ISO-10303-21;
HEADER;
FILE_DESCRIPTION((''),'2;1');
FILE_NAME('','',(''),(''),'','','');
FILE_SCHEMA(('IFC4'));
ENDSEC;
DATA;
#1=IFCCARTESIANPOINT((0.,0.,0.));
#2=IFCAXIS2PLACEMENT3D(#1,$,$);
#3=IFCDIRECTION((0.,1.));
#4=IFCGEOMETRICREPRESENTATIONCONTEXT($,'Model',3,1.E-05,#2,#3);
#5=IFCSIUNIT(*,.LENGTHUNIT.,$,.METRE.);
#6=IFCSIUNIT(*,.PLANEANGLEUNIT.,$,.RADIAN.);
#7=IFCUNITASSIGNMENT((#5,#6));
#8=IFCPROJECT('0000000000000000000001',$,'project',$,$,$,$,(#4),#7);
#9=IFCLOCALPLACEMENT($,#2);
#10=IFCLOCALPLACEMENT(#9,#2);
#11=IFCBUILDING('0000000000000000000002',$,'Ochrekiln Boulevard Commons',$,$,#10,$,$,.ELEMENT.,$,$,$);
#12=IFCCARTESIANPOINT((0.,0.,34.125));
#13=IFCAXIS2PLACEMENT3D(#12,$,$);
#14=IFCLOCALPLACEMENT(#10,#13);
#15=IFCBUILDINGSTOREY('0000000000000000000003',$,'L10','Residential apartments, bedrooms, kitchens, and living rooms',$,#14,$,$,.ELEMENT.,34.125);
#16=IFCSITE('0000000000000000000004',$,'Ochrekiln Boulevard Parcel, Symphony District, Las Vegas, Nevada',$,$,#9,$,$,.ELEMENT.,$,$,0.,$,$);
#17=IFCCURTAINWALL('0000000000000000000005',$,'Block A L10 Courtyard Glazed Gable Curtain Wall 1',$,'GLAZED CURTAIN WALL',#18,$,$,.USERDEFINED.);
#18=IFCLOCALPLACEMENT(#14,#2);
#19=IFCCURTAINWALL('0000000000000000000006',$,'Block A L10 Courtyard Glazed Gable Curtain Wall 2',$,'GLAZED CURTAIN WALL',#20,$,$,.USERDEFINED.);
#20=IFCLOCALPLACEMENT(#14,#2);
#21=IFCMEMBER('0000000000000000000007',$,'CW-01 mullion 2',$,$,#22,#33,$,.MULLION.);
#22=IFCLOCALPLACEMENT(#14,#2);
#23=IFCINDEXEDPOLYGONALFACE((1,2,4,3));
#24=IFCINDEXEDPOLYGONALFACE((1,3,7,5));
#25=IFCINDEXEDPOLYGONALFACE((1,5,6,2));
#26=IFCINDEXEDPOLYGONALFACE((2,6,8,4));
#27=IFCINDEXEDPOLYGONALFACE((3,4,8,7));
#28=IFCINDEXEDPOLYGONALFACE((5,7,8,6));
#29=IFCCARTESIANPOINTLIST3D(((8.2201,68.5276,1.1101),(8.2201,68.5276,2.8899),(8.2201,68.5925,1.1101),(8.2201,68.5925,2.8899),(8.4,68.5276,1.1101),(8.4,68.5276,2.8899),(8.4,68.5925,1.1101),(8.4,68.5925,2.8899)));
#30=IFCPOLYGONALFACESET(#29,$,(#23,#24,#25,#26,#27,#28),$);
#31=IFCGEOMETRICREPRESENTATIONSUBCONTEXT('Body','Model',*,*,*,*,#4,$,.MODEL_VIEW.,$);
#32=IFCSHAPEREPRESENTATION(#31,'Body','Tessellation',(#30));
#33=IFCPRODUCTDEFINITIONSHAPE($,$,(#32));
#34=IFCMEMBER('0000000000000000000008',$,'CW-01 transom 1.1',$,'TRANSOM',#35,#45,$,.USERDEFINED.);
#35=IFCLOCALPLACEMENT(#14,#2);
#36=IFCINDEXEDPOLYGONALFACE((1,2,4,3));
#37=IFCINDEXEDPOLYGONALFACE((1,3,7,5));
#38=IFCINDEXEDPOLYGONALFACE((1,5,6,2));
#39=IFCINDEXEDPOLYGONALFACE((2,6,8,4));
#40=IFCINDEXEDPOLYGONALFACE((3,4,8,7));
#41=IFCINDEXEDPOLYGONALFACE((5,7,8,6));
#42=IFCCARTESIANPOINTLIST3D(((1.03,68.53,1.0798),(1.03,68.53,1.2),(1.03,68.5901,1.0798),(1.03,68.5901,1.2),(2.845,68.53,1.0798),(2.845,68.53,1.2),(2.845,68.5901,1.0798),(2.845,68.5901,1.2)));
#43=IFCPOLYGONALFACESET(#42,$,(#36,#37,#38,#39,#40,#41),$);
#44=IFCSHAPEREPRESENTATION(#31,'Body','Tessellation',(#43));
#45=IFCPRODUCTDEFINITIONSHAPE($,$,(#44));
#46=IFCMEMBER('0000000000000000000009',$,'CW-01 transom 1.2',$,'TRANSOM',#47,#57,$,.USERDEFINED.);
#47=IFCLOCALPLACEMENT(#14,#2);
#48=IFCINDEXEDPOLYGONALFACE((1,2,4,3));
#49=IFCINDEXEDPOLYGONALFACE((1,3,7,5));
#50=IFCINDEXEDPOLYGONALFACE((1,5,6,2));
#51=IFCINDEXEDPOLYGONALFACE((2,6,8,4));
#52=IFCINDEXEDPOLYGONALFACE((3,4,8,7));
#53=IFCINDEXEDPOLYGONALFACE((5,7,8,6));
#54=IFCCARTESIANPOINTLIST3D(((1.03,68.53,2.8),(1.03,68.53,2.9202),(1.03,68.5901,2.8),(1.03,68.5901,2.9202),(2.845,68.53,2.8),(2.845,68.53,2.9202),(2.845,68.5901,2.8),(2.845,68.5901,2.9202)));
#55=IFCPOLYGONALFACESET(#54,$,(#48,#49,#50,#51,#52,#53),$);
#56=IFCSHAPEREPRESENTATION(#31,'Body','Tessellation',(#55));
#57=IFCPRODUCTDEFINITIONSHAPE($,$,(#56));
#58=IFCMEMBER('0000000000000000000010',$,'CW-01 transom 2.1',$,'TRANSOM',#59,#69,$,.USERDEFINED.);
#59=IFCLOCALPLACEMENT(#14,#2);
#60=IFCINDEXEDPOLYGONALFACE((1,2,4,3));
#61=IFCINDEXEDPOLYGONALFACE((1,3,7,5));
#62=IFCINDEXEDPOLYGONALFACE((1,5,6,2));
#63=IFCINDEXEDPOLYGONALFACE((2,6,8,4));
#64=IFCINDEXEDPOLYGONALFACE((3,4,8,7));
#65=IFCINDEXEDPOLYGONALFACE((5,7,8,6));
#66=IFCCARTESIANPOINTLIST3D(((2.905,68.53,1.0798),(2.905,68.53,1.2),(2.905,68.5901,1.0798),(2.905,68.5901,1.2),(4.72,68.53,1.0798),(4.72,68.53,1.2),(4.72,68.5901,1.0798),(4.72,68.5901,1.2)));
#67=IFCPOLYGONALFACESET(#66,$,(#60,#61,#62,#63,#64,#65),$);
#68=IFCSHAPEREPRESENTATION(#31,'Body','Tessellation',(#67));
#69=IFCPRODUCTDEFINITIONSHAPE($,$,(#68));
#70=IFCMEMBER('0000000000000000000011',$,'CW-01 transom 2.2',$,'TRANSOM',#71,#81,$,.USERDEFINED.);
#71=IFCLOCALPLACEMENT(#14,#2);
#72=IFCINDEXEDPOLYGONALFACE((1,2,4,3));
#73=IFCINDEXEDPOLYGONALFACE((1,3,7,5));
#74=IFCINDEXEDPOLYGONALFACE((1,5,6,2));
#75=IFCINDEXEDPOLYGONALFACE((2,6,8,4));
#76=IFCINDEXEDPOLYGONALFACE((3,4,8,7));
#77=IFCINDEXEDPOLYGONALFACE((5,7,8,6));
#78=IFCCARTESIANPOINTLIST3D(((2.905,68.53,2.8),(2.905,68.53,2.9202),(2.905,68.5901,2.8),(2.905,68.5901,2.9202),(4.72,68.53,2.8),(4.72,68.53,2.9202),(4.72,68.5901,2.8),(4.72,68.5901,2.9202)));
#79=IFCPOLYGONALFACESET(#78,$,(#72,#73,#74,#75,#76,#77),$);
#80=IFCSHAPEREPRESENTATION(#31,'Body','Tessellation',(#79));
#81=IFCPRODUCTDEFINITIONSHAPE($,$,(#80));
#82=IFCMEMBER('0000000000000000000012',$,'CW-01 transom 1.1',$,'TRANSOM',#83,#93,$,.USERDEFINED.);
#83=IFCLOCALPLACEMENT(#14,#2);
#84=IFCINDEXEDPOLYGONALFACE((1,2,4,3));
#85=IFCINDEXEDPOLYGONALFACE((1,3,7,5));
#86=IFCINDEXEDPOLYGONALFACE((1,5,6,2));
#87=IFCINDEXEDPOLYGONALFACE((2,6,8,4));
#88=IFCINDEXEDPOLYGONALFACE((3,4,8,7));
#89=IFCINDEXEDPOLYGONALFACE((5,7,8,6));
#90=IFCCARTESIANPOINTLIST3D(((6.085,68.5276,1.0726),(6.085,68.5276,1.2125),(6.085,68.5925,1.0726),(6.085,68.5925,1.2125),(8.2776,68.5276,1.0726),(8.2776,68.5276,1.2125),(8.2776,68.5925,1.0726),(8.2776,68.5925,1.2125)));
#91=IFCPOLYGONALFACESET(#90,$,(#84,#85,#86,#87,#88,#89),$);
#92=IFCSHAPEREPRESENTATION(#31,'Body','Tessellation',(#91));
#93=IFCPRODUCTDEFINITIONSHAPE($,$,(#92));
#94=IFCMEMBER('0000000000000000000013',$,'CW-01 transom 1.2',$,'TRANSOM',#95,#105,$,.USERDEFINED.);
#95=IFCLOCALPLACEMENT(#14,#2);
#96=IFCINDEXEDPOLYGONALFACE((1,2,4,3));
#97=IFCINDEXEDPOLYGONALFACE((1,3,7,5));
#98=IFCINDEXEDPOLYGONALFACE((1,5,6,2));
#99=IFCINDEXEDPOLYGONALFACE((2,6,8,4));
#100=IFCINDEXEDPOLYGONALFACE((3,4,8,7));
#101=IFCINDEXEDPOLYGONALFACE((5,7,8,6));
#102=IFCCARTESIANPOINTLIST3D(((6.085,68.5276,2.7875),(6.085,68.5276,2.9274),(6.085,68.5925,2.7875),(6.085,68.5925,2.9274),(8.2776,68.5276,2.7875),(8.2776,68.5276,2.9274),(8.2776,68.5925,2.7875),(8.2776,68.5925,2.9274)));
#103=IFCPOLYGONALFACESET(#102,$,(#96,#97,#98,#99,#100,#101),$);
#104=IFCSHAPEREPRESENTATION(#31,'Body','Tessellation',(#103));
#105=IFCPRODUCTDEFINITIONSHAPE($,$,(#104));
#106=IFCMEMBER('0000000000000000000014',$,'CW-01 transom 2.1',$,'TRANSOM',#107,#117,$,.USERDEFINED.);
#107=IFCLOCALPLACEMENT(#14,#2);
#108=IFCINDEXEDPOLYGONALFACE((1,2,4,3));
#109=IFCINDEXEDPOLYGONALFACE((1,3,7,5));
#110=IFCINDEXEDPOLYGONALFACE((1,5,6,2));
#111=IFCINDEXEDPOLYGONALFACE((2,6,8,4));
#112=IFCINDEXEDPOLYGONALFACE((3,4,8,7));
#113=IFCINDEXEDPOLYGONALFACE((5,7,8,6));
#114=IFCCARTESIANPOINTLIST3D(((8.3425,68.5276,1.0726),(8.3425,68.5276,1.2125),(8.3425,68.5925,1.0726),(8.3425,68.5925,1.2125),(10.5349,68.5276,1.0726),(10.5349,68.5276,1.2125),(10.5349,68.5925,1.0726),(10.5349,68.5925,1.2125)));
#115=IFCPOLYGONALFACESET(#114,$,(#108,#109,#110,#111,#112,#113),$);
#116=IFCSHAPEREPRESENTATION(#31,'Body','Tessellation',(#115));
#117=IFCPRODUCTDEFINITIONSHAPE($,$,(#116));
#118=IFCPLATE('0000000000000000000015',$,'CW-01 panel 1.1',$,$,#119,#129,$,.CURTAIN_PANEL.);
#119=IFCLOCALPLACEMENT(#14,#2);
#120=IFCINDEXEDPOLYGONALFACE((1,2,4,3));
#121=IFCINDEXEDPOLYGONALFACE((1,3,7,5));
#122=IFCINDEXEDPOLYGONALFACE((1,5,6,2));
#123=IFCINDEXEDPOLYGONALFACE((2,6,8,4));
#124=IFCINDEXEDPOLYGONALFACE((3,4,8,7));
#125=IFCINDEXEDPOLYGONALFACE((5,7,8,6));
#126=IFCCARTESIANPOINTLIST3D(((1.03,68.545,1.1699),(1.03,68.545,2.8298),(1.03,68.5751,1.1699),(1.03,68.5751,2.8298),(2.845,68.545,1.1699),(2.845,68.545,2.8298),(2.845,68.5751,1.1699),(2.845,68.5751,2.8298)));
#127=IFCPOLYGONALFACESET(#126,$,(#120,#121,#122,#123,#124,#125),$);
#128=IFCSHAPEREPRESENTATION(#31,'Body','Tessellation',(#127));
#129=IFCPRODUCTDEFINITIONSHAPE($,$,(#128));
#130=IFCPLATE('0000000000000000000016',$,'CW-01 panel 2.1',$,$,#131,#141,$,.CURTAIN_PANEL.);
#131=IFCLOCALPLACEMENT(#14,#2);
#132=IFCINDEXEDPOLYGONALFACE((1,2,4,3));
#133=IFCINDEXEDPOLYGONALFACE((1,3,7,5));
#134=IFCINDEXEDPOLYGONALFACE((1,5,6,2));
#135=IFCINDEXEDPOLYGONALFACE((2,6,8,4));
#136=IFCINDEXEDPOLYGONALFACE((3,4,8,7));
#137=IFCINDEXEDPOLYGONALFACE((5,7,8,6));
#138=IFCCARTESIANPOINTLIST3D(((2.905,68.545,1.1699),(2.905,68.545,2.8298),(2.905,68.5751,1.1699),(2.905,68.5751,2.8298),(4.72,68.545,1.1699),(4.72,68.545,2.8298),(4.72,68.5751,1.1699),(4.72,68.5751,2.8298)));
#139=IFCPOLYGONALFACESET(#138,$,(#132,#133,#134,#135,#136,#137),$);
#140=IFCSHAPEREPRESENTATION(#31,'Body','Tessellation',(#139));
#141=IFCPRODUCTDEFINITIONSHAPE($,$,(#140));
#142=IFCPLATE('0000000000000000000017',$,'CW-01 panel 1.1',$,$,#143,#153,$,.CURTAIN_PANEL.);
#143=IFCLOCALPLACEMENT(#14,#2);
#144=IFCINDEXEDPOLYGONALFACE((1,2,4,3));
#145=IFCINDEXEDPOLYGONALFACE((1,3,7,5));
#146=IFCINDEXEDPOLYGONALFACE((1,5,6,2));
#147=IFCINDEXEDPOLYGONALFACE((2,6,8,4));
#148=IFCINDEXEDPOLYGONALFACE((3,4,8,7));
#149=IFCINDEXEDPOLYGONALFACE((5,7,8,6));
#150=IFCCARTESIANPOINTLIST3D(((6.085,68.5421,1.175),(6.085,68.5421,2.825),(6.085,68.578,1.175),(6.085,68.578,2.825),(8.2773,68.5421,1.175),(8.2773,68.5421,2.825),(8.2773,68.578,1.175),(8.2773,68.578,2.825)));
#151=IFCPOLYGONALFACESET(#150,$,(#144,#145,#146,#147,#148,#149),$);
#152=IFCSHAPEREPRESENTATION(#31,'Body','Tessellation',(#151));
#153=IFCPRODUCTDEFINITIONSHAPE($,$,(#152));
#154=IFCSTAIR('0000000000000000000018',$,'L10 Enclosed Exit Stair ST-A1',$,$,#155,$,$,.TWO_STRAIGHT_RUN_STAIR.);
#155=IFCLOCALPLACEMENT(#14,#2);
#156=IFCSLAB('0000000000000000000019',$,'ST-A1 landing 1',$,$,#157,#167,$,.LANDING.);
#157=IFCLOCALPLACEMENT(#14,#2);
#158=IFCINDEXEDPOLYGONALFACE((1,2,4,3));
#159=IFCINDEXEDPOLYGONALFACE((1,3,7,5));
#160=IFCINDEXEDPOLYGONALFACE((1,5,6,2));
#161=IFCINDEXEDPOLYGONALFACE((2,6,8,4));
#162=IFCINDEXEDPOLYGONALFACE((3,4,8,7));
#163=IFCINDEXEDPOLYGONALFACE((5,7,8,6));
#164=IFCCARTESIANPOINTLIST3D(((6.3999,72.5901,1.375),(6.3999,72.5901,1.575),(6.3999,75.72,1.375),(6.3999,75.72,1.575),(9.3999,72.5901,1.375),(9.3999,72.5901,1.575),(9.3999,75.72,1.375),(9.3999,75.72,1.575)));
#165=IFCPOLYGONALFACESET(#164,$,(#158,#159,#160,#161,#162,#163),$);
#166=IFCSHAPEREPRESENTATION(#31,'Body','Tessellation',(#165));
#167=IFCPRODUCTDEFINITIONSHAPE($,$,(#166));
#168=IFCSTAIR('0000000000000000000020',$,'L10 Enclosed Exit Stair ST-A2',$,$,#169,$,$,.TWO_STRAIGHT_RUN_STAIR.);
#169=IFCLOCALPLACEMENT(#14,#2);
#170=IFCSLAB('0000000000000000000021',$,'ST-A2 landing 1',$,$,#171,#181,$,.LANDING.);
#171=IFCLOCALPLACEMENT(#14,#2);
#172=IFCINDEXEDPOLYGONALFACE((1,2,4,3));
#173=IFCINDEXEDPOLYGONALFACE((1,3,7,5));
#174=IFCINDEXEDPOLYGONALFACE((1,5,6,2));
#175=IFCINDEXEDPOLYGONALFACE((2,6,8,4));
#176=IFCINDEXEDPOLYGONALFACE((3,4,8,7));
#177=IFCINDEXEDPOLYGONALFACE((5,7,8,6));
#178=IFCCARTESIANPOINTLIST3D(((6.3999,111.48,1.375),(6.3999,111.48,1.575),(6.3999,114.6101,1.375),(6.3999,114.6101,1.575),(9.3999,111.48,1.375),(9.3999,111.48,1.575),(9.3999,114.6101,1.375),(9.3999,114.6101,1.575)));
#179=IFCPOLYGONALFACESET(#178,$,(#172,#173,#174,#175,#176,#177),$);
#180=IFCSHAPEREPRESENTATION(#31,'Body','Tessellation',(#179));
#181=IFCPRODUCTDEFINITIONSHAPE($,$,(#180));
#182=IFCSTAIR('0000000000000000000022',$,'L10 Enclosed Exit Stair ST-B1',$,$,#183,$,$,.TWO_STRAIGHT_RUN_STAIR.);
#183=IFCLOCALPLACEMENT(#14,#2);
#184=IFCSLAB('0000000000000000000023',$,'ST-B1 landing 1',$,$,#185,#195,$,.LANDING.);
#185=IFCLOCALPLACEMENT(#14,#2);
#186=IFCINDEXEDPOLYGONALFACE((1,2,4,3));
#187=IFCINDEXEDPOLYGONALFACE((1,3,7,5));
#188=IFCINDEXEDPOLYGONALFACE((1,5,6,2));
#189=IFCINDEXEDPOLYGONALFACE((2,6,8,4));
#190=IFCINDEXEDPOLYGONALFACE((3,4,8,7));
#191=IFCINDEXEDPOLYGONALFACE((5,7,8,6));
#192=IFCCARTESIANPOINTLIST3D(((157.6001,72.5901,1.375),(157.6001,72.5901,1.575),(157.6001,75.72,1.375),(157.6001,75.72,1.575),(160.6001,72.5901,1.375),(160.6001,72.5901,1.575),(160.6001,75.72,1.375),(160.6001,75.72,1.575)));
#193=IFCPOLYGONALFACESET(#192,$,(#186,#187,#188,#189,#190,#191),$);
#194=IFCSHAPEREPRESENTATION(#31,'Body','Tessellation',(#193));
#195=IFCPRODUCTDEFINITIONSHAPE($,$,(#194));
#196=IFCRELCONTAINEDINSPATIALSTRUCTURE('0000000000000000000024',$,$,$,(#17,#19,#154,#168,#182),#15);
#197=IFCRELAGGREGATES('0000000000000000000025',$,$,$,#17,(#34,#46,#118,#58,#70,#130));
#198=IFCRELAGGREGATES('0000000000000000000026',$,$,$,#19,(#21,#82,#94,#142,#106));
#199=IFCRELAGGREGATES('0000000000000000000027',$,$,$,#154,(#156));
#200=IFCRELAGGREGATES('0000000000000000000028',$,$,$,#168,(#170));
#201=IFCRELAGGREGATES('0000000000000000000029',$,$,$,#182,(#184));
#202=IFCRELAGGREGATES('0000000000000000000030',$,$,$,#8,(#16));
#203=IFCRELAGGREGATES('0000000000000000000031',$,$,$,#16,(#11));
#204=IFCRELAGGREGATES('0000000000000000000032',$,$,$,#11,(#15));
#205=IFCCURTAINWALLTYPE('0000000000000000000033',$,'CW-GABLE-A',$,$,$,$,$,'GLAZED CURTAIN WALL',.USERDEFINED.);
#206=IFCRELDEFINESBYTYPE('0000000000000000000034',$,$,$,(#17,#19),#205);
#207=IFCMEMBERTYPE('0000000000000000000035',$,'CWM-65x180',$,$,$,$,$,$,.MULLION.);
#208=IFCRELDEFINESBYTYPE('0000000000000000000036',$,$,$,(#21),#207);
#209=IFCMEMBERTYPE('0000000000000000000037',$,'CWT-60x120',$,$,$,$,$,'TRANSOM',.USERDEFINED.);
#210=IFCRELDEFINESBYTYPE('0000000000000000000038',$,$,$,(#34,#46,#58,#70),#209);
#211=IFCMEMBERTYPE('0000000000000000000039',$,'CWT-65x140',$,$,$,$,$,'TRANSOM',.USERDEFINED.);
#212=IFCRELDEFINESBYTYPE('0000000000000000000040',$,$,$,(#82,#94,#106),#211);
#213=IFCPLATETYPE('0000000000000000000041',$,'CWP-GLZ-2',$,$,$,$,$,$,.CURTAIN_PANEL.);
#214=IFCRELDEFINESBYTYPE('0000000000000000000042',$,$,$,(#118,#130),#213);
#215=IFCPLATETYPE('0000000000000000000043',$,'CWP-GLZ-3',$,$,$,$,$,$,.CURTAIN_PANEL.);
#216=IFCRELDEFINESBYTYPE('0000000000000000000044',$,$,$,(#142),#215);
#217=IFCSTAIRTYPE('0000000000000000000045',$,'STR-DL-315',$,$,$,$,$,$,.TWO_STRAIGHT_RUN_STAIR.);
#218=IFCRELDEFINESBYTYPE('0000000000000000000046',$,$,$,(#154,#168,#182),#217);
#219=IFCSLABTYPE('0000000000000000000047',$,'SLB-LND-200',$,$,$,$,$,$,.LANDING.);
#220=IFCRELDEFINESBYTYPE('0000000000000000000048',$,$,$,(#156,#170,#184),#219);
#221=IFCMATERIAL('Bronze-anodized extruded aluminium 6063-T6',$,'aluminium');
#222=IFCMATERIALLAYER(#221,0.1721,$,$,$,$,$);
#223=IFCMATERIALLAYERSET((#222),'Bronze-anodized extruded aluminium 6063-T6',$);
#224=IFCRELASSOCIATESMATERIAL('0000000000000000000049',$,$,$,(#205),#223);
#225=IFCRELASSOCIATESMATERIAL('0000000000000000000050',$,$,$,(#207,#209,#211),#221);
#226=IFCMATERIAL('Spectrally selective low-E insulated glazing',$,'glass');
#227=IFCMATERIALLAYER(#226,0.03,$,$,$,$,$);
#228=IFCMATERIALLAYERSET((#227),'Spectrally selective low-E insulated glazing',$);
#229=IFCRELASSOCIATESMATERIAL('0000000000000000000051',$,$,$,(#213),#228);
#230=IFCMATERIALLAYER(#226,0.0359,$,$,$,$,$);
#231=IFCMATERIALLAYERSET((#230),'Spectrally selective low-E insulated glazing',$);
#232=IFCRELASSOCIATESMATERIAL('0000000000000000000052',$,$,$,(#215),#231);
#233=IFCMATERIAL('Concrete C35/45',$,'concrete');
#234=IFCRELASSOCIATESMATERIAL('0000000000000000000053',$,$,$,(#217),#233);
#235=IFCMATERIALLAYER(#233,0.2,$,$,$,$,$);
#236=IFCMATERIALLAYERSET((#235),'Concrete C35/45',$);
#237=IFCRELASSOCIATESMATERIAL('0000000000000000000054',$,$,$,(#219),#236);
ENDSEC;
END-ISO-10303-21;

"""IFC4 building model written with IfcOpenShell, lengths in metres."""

from ifc_helpers import new_model, si_unit, direction, frame, origin, origin_2d, place, context, subcontext, project, spatial, polyline, rectangle, outline, extrude, material, layer, layer_set, material_profile, profile_set, type_object, element, aggregate, save


model = new_model("IFC4")

# Units and contexts
model_context = context("Model", 3, precision=1e-05, world=origin(), true_north=direction((0.0, 1.0)))
body_context = subcontext(model_context, "Body", "Model", "MODEL_VIEW")
ifc_project = project(units=[si_unit("LENGTHUNIT", "METRE"), si_unit("PLANEANGLEUNIT", "RADIAN")], contexts=[model_context])

# Site, building, storey
site_placement = place(None, origin())
site = spatial("IfcSite", under=ifc_project, at=site_placement, Name="Ochrekiln Boulevard Parcel, Symphony District, Las Vegas, Nevada", CompositionType="ELEMENT", RefElevation=0.0)
building_placement = place(site_placement, origin())
building = spatial("IfcBuilding", under=site, at=building_placement, Name="Ochrekiln Boulevard Commons", CompositionType="ELEMENT")
storey_placement = place(building_placement, frame((0.0, 0.0, 34.125)))
storey = spatial("IfcBuildingStorey", under=building, at=storey_placement, Name="L10", Description="Residential apartments, bedrooms, kitchens, and living rooms", CompositionType="ELEMENT", Elevation=34.125)

# Curtain walls, member
ifc_material_1 = material(Name="Bronze-anodized extruded aluminium 6063-T6", Category="aluminium")
ifc_layer_1 = layer(ifc_material_1, 0.1721)
ifc_layer_set_1 = layer_set([ifc_layer_1], Name="Bronze-anodized extruded aluminium 6063-T6")
curtain_wall_type = type_object("IfcCurtainWallType", Name="CW-GABLE-A", ElementType="GLAZED CURTAIN WALL", PredefinedType="USERDEFINED", material=ifc_layer_set_1)
curtain_wall_1_placement = place(storey_placement, origin())
curtain_wall_1 = element("IfcCurtainWall", 1, at=curtain_wall_1_placement, inside=storey, type_object=curtain_wall_type, Name="Block A L10 Courtyard Glazed Gable Curtain Wall 1", ObjectType="GLAZED CURTAIN WALL", PredefinedType="USERDEFINED")
curtain_wall_2_placement = place(storey_placement, origin())
curtain_wall_2 = element("IfcCurtainWall", 2, at=curtain_wall_2_placement, inside=storey, type_object=curtain_wall_type, Name="Block A L10 Courtyard Glazed Gable Curtain Wall 2", ObjectType="GLAZED CURTAIN WALL", PredefinedType="USERDEFINED")
ifc_material_profile_1 = material_profile(ifc_material_1, rectangle(XDim=0.0649, YDim=0.1799, at=origin_2d()), Name="ALU-MUL-65x180")
ifc_profile_set_1 = profile_set([ifc_material_profile_1], Name="Bronze-anodized extruded aluminium 6063-T6")
member_type_1 = type_object("IfcMemberType", Name="CWM-65x180", PredefinedType="MULLION", material=ifc_profile_set_1)
member_1_placement = place(storey_placement, frame((8.3101, 68.5601, 1.1101), z_axis=(0.0, 0.0, 1.0), x_axis=(0.0, 1.0, 0.0)))
member_1 = element("IfcMember", 3, at=member_1_placement, type_object=member_type_1, Name="CW-01 mullion 2", PredefinedType="MULLION", context=body_context, shape_type="SweptSolid", body=[
    extrude(rectangle(XDim=0.0649, YDim=0.1799, at=origin_2d()), origin(), (0.0, 0.0, 1.0), 1.7798),
])

# Members
ifc_material_profile_2 = material_profile(ifc_material_1, rectangle(XDim=0.0601, YDim=0.1201, at=origin_2d()), Name="ALU-TRN-60x120")
ifc_profile_set_2 = profile_set([ifc_material_profile_2], Name="Bronze-anodized extruded aluminium 6063-T6")
member_type_2 = type_object("IfcMemberType", Name="CWT-60x120", ElementType="TRANSOM", PredefinedType="USERDEFINED", material=ifc_profile_set_2)
member_2_placement = place(storey_placement, frame((1.03, 68.5601, 1.1399), z_axis=(1.0, 0.0, 0.0), x_axis=(0.0, 1.0, 0.0)))
member_2 = element("IfcMember", 4, at=member_2_placement, type_object=member_type_2, Name="CW-01 transom 1.1", ObjectType="TRANSOM", PredefinedType="USERDEFINED", context=body_context, shape_type="SweptSolid", body=[
    extrude(rectangle(XDim=0.0601, YDim=0.1201, at=origin_2d()), origin(), (0.0, 0.0, 1.0), 1.8149),
])
member_3_placement = place(storey_placement, frame((1.03, 68.5601, 2.8601), z_axis=(1.0, 0.0, 0.0), x_axis=(0.0, 1.0, 0.0)))
member_3 = element("IfcMember", 5, at=member_3_placement, type_object=member_type_2, Name="CW-01 transom 1.2", ObjectType="TRANSOM", PredefinedType="USERDEFINED", context=body_context, shape_type="SweptSolid", body=[
    extrude(rectangle(XDim=0.0601, YDim=0.1201, at=origin_2d()), origin(), (0.0, 0.0, 1.0), 1.8149),
])
member_4_placement = place(storey_placement, frame((2.905, 68.5601, 1.1399), z_axis=(1.0, 0.0, 0.0), x_axis=(0.0, 1.0, 0.0)))
member_4 = element("IfcMember", 6, at=member_4_placement, type_object=member_type_2, Name="CW-01 transom 2.1", ObjectType="TRANSOM", PredefinedType="USERDEFINED", context=body_context, shape_type="SweptSolid", body=[
    extrude(rectangle(XDim=0.0601, YDim=0.1201, at=origin_2d()), origin(), (0.0, 0.0, 1.0), 1.8149),
])
member_5_placement = place(storey_placement, frame((2.905, 68.5601, 2.8601), z_axis=(1.0, 0.0, 0.0), x_axis=(0.0, 1.0, 0.0)))
member_5 = element("IfcMember", 7, at=member_5_placement, type_object=member_type_2, Name="CW-01 transom 2.2", ObjectType="TRANSOM", PredefinedType="USERDEFINED", context=body_context, shape_type="SweptSolid", body=[
    extrude(rectangle(XDim=0.0601, YDim=0.1201, at=origin_2d()), origin(), (0.0, 0.0, 1.0), 1.8149),
])
ifc_material_profile_3 = material_profile(ifc_material_1, rectangle(XDim=0.0649, YDim=0.1399, at=origin_2d()), Name="ALU-TRN-65x140")
ifc_profile_set_3 = profile_set([ifc_material_profile_3], Name="Bronze-anodized extruded aluminium 6063-T6")
member_type_3 = type_object("IfcMemberType", Name="CWT-65x140", ElementType="TRANSOM", PredefinedType="USERDEFINED", material=ifc_profile_set_3)
member_6_placement = place(storey_placement, frame((6.085, 68.5601, 1.1426), z_axis=(1.0, 0.0, 0.0), x_axis=(0.0, 1.0, 0.0)))
member_6 = element("IfcMember", 8, at=member_6_placement, type_object=member_type_3, Name="CW-01 transom 1.1", ObjectType="TRANSOM", PredefinedType="USERDEFINED", context=body_context, shape_type="SweptSolid", body=[
    extrude(rectangle(XDim=0.0649, YDim=0.1399, at=origin_2d()), origin(), (0.0, 0.0, 1.0), 2.1926),
])
member_7_placement = place(storey_placement, frame((6.085, 68.5601, 2.8574), z_axis=(1.0, 0.0, 0.0), x_axis=(0.0, 1.0, 0.0)))
member_7 = element("IfcMember", 9, at=member_7_placement, type_object=member_type_3, Name="CW-01 transom 1.2", ObjectType="TRANSOM", PredefinedType="USERDEFINED", context=body_context, shape_type="SweptSolid", body=[
    extrude(rectangle(XDim=0.0649, YDim=0.1399, at=origin_2d()), origin(), (0.0, 0.0, 1.0), 2.1926),
])
member_8_placement = place(storey_placement, frame((8.3425, 68.5601, 1.1426), z_axis=(1.0, 0.0, 0.0), x_axis=(0.0, 1.0, 0.0)))
member_8 = element("IfcMember", 10, at=member_8_placement, type_object=member_type_3, Name="CW-01 transom 2.1", ObjectType="TRANSOM", PredefinedType="USERDEFINED", context=body_context, shape_type="SweptSolid", body=[
    extrude(rectangle(XDim=0.0649, YDim=0.1399, at=origin_2d()), origin(), (0.0, 0.0, 1.0), 2.1924),
])

# Plates
ifc_material_2 = material(Name="Spectrally selective low-E insulated glazing", Category="glass")
ifc_layer_2 = layer(ifc_material_2, 0.03)
ifc_layer_set_2 = layer_set([ifc_layer_2], Name="Spectrally selective low-E insulated glazing")
plate_type_1 = type_object("IfcPlateType", Name="CWP-GLZ-2", PredefinedType="CURTAIN_PANEL", material=ifc_layer_set_2)
plate_1_placement = place(storey_placement, frame((1.9375, 68.5601, 1.1699), z_axis=(0.0, 0.0, 1.0), x_axis=(1.0, 0.0, 0.0)))
plate_1 = element("IfcPlate", 11, at=plate_1_placement, type_object=plate_type_1, Name="CW-01 panel 1.1", PredefinedType="CURTAIN_PANEL", context=body_context, shape_type="SweptSolid", body=[
    extrude(rectangle(XDim=1.8149, YDim=0.03, at=origin_2d()), origin(), (0.0, 0.0, 1.0), 1.6599),
])
plate_2_placement = place(storey_placement, frame((3.8125, 68.5601, 1.1699), z_axis=(0.0, 0.0, 1.0), x_axis=(1.0, 0.0, 0.0)))
plate_2 = element("IfcPlate", 12, at=plate_2_placement, type_object=plate_type_1, Name="CW-01 panel 2.1", PredefinedType="CURTAIN_PANEL", context=body_context, shape_type="SweptSolid", body=[
    extrude(rectangle(XDim=1.8149, YDim=0.03, at=origin_2d()), origin(), (0.0, 0.0, 1.0), 1.6599),
])
aggregate(curtain_wall_1, [member_2, member_3, plate_1, member_4, member_5, plate_2])
ifc_layer_3 = layer(ifc_material_2, 0.0359)
ifc_layer_set_3 = layer_set([ifc_layer_3], Name="Spectrally selective low-E insulated glazing")
plate_type_2 = type_object("IfcPlateType", Name="CWP-GLZ-3", PredefinedType="CURTAIN_PANEL", material=ifc_layer_set_3)
plate_3_placement = place(storey_placement, frame((7.1812, 68.5601, 1.175), z_axis=(0.0, 0.0, 1.0), x_axis=(1.0, 0.0, 0.0)))
plate_3 = element("IfcPlate", 13, at=plate_3_placement, type_object=plate_type_2, Name="CW-01 panel 1.1", PredefinedType="CURTAIN_PANEL", context=body_context, shape_type="SweptSolid", body=[
    extrude(rectangle(XDim=2.1924, YDim=0.0359, at=origin_2d()), origin(), (0.0, 0.0, 1.0), 1.6499),
])
aggregate(curtain_wall_2, [member_1, member_6, member_7, plate_3, member_8])

# Stairs, slabs
ifc_material_3 = material(Name="Concrete C35/45", Category="concrete")
stair_type = type_object("IfcStairType", Name="STR-DL-315", PredefinedType="TWO_STRAIGHT_RUN_STAIR", material=ifc_material_3)
stair_1_placement = place(storey_placement, origin())
stair_1 = element("IfcStair", 14, at=stair_1_placement, inside=storey, type_object=stair_type, Name="L10 Enclosed Exit Stair ST-A1", PredefinedType="TWO_STRAIGHT_RUN_STAIR")
ifc_layer_4 = layer(ifc_material_3, 0.2)
ifc_layer_set_4 = layer_set([ifc_layer_4], Name="Concrete C35/45")
slab_type_1 = type_object("IfcSlabType", Name="SLB-LND-200", PredefinedType="LANDING", material=ifc_layer_set_4)
slab_1_placement = place(storey_placement, frame((0.0, 0.0, 1.375)))
slab_1 = element("IfcSlab", 15, at=slab_1_placement, type_object=slab_type_1, Name="ST-A1 landing 1", PredefinedType="LANDING", context=body_context, shape_type="SweptSolid", body=[
    extrude(outline(polyline([(9.3999, 72.5901), (9.3999, 75.72), (6.3999, 75.72), (6.3999, 72.5901), (9.3999, 72.5901)])), origin(), (0.0, 0.0, 1.0), 0.2),
])
aggregate(stair_1, [slab_1])
stair_2_placement = place(storey_placement, origin())
stair_2 = element("IfcStair", 16, at=stair_2_placement, inside=storey, type_object=stair_type, Name="L10 Enclosed Exit Stair ST-A2", PredefinedType="TWO_STRAIGHT_RUN_STAIR")
slab_2_placement = place(storey_placement, frame((0.0, 0.0, 1.375)))
slab_2 = element("IfcSlab", 17, at=slab_2_placement, type_object=slab_type_1, Name="ST-A2 landing 1", PredefinedType="LANDING", context=body_context, shape_type="SweptSolid", body=[
    extrude(outline(polyline([(6.3999, 114.6101), (6.3999, 111.48), (9.3999, 111.48), (9.3999, 114.6101), (6.3999, 114.6101)])), origin(), (0.0, 0.0, 1.0), 0.2),
])
aggregate(stair_2, [slab_2])
stair_3_placement = place(storey_placement, origin())
stair_3 = element("IfcStair", 18, at=stair_3_placement, inside=storey, type_object=stair_type, Name="L10 Enclosed Exit Stair ST-B1", PredefinedType="TWO_STRAIGHT_RUN_STAIR")
slab_3_placement = place(storey_placement, frame((0.0, 0.0, 1.375)))
slab_3 = element("IfcSlab", 19, at=slab_3_placement, type_object=slab_type_1, Name="ST-B1 landing 1", PredefinedType="LANDING", context=body_context, shape_type="SweptSolid", body=[
    extrude(outline(polyline([(160.6001, 72.5901), (160.6001, 75.72), (157.6001, 75.72), (157.6001, 72.5901), (160.6001, 72.5901)])), origin(), (0.0, 0.0, 1.0), 0.2),
])
aggregate(stair_3, [slab_3])

save(model, "model.ifc")
